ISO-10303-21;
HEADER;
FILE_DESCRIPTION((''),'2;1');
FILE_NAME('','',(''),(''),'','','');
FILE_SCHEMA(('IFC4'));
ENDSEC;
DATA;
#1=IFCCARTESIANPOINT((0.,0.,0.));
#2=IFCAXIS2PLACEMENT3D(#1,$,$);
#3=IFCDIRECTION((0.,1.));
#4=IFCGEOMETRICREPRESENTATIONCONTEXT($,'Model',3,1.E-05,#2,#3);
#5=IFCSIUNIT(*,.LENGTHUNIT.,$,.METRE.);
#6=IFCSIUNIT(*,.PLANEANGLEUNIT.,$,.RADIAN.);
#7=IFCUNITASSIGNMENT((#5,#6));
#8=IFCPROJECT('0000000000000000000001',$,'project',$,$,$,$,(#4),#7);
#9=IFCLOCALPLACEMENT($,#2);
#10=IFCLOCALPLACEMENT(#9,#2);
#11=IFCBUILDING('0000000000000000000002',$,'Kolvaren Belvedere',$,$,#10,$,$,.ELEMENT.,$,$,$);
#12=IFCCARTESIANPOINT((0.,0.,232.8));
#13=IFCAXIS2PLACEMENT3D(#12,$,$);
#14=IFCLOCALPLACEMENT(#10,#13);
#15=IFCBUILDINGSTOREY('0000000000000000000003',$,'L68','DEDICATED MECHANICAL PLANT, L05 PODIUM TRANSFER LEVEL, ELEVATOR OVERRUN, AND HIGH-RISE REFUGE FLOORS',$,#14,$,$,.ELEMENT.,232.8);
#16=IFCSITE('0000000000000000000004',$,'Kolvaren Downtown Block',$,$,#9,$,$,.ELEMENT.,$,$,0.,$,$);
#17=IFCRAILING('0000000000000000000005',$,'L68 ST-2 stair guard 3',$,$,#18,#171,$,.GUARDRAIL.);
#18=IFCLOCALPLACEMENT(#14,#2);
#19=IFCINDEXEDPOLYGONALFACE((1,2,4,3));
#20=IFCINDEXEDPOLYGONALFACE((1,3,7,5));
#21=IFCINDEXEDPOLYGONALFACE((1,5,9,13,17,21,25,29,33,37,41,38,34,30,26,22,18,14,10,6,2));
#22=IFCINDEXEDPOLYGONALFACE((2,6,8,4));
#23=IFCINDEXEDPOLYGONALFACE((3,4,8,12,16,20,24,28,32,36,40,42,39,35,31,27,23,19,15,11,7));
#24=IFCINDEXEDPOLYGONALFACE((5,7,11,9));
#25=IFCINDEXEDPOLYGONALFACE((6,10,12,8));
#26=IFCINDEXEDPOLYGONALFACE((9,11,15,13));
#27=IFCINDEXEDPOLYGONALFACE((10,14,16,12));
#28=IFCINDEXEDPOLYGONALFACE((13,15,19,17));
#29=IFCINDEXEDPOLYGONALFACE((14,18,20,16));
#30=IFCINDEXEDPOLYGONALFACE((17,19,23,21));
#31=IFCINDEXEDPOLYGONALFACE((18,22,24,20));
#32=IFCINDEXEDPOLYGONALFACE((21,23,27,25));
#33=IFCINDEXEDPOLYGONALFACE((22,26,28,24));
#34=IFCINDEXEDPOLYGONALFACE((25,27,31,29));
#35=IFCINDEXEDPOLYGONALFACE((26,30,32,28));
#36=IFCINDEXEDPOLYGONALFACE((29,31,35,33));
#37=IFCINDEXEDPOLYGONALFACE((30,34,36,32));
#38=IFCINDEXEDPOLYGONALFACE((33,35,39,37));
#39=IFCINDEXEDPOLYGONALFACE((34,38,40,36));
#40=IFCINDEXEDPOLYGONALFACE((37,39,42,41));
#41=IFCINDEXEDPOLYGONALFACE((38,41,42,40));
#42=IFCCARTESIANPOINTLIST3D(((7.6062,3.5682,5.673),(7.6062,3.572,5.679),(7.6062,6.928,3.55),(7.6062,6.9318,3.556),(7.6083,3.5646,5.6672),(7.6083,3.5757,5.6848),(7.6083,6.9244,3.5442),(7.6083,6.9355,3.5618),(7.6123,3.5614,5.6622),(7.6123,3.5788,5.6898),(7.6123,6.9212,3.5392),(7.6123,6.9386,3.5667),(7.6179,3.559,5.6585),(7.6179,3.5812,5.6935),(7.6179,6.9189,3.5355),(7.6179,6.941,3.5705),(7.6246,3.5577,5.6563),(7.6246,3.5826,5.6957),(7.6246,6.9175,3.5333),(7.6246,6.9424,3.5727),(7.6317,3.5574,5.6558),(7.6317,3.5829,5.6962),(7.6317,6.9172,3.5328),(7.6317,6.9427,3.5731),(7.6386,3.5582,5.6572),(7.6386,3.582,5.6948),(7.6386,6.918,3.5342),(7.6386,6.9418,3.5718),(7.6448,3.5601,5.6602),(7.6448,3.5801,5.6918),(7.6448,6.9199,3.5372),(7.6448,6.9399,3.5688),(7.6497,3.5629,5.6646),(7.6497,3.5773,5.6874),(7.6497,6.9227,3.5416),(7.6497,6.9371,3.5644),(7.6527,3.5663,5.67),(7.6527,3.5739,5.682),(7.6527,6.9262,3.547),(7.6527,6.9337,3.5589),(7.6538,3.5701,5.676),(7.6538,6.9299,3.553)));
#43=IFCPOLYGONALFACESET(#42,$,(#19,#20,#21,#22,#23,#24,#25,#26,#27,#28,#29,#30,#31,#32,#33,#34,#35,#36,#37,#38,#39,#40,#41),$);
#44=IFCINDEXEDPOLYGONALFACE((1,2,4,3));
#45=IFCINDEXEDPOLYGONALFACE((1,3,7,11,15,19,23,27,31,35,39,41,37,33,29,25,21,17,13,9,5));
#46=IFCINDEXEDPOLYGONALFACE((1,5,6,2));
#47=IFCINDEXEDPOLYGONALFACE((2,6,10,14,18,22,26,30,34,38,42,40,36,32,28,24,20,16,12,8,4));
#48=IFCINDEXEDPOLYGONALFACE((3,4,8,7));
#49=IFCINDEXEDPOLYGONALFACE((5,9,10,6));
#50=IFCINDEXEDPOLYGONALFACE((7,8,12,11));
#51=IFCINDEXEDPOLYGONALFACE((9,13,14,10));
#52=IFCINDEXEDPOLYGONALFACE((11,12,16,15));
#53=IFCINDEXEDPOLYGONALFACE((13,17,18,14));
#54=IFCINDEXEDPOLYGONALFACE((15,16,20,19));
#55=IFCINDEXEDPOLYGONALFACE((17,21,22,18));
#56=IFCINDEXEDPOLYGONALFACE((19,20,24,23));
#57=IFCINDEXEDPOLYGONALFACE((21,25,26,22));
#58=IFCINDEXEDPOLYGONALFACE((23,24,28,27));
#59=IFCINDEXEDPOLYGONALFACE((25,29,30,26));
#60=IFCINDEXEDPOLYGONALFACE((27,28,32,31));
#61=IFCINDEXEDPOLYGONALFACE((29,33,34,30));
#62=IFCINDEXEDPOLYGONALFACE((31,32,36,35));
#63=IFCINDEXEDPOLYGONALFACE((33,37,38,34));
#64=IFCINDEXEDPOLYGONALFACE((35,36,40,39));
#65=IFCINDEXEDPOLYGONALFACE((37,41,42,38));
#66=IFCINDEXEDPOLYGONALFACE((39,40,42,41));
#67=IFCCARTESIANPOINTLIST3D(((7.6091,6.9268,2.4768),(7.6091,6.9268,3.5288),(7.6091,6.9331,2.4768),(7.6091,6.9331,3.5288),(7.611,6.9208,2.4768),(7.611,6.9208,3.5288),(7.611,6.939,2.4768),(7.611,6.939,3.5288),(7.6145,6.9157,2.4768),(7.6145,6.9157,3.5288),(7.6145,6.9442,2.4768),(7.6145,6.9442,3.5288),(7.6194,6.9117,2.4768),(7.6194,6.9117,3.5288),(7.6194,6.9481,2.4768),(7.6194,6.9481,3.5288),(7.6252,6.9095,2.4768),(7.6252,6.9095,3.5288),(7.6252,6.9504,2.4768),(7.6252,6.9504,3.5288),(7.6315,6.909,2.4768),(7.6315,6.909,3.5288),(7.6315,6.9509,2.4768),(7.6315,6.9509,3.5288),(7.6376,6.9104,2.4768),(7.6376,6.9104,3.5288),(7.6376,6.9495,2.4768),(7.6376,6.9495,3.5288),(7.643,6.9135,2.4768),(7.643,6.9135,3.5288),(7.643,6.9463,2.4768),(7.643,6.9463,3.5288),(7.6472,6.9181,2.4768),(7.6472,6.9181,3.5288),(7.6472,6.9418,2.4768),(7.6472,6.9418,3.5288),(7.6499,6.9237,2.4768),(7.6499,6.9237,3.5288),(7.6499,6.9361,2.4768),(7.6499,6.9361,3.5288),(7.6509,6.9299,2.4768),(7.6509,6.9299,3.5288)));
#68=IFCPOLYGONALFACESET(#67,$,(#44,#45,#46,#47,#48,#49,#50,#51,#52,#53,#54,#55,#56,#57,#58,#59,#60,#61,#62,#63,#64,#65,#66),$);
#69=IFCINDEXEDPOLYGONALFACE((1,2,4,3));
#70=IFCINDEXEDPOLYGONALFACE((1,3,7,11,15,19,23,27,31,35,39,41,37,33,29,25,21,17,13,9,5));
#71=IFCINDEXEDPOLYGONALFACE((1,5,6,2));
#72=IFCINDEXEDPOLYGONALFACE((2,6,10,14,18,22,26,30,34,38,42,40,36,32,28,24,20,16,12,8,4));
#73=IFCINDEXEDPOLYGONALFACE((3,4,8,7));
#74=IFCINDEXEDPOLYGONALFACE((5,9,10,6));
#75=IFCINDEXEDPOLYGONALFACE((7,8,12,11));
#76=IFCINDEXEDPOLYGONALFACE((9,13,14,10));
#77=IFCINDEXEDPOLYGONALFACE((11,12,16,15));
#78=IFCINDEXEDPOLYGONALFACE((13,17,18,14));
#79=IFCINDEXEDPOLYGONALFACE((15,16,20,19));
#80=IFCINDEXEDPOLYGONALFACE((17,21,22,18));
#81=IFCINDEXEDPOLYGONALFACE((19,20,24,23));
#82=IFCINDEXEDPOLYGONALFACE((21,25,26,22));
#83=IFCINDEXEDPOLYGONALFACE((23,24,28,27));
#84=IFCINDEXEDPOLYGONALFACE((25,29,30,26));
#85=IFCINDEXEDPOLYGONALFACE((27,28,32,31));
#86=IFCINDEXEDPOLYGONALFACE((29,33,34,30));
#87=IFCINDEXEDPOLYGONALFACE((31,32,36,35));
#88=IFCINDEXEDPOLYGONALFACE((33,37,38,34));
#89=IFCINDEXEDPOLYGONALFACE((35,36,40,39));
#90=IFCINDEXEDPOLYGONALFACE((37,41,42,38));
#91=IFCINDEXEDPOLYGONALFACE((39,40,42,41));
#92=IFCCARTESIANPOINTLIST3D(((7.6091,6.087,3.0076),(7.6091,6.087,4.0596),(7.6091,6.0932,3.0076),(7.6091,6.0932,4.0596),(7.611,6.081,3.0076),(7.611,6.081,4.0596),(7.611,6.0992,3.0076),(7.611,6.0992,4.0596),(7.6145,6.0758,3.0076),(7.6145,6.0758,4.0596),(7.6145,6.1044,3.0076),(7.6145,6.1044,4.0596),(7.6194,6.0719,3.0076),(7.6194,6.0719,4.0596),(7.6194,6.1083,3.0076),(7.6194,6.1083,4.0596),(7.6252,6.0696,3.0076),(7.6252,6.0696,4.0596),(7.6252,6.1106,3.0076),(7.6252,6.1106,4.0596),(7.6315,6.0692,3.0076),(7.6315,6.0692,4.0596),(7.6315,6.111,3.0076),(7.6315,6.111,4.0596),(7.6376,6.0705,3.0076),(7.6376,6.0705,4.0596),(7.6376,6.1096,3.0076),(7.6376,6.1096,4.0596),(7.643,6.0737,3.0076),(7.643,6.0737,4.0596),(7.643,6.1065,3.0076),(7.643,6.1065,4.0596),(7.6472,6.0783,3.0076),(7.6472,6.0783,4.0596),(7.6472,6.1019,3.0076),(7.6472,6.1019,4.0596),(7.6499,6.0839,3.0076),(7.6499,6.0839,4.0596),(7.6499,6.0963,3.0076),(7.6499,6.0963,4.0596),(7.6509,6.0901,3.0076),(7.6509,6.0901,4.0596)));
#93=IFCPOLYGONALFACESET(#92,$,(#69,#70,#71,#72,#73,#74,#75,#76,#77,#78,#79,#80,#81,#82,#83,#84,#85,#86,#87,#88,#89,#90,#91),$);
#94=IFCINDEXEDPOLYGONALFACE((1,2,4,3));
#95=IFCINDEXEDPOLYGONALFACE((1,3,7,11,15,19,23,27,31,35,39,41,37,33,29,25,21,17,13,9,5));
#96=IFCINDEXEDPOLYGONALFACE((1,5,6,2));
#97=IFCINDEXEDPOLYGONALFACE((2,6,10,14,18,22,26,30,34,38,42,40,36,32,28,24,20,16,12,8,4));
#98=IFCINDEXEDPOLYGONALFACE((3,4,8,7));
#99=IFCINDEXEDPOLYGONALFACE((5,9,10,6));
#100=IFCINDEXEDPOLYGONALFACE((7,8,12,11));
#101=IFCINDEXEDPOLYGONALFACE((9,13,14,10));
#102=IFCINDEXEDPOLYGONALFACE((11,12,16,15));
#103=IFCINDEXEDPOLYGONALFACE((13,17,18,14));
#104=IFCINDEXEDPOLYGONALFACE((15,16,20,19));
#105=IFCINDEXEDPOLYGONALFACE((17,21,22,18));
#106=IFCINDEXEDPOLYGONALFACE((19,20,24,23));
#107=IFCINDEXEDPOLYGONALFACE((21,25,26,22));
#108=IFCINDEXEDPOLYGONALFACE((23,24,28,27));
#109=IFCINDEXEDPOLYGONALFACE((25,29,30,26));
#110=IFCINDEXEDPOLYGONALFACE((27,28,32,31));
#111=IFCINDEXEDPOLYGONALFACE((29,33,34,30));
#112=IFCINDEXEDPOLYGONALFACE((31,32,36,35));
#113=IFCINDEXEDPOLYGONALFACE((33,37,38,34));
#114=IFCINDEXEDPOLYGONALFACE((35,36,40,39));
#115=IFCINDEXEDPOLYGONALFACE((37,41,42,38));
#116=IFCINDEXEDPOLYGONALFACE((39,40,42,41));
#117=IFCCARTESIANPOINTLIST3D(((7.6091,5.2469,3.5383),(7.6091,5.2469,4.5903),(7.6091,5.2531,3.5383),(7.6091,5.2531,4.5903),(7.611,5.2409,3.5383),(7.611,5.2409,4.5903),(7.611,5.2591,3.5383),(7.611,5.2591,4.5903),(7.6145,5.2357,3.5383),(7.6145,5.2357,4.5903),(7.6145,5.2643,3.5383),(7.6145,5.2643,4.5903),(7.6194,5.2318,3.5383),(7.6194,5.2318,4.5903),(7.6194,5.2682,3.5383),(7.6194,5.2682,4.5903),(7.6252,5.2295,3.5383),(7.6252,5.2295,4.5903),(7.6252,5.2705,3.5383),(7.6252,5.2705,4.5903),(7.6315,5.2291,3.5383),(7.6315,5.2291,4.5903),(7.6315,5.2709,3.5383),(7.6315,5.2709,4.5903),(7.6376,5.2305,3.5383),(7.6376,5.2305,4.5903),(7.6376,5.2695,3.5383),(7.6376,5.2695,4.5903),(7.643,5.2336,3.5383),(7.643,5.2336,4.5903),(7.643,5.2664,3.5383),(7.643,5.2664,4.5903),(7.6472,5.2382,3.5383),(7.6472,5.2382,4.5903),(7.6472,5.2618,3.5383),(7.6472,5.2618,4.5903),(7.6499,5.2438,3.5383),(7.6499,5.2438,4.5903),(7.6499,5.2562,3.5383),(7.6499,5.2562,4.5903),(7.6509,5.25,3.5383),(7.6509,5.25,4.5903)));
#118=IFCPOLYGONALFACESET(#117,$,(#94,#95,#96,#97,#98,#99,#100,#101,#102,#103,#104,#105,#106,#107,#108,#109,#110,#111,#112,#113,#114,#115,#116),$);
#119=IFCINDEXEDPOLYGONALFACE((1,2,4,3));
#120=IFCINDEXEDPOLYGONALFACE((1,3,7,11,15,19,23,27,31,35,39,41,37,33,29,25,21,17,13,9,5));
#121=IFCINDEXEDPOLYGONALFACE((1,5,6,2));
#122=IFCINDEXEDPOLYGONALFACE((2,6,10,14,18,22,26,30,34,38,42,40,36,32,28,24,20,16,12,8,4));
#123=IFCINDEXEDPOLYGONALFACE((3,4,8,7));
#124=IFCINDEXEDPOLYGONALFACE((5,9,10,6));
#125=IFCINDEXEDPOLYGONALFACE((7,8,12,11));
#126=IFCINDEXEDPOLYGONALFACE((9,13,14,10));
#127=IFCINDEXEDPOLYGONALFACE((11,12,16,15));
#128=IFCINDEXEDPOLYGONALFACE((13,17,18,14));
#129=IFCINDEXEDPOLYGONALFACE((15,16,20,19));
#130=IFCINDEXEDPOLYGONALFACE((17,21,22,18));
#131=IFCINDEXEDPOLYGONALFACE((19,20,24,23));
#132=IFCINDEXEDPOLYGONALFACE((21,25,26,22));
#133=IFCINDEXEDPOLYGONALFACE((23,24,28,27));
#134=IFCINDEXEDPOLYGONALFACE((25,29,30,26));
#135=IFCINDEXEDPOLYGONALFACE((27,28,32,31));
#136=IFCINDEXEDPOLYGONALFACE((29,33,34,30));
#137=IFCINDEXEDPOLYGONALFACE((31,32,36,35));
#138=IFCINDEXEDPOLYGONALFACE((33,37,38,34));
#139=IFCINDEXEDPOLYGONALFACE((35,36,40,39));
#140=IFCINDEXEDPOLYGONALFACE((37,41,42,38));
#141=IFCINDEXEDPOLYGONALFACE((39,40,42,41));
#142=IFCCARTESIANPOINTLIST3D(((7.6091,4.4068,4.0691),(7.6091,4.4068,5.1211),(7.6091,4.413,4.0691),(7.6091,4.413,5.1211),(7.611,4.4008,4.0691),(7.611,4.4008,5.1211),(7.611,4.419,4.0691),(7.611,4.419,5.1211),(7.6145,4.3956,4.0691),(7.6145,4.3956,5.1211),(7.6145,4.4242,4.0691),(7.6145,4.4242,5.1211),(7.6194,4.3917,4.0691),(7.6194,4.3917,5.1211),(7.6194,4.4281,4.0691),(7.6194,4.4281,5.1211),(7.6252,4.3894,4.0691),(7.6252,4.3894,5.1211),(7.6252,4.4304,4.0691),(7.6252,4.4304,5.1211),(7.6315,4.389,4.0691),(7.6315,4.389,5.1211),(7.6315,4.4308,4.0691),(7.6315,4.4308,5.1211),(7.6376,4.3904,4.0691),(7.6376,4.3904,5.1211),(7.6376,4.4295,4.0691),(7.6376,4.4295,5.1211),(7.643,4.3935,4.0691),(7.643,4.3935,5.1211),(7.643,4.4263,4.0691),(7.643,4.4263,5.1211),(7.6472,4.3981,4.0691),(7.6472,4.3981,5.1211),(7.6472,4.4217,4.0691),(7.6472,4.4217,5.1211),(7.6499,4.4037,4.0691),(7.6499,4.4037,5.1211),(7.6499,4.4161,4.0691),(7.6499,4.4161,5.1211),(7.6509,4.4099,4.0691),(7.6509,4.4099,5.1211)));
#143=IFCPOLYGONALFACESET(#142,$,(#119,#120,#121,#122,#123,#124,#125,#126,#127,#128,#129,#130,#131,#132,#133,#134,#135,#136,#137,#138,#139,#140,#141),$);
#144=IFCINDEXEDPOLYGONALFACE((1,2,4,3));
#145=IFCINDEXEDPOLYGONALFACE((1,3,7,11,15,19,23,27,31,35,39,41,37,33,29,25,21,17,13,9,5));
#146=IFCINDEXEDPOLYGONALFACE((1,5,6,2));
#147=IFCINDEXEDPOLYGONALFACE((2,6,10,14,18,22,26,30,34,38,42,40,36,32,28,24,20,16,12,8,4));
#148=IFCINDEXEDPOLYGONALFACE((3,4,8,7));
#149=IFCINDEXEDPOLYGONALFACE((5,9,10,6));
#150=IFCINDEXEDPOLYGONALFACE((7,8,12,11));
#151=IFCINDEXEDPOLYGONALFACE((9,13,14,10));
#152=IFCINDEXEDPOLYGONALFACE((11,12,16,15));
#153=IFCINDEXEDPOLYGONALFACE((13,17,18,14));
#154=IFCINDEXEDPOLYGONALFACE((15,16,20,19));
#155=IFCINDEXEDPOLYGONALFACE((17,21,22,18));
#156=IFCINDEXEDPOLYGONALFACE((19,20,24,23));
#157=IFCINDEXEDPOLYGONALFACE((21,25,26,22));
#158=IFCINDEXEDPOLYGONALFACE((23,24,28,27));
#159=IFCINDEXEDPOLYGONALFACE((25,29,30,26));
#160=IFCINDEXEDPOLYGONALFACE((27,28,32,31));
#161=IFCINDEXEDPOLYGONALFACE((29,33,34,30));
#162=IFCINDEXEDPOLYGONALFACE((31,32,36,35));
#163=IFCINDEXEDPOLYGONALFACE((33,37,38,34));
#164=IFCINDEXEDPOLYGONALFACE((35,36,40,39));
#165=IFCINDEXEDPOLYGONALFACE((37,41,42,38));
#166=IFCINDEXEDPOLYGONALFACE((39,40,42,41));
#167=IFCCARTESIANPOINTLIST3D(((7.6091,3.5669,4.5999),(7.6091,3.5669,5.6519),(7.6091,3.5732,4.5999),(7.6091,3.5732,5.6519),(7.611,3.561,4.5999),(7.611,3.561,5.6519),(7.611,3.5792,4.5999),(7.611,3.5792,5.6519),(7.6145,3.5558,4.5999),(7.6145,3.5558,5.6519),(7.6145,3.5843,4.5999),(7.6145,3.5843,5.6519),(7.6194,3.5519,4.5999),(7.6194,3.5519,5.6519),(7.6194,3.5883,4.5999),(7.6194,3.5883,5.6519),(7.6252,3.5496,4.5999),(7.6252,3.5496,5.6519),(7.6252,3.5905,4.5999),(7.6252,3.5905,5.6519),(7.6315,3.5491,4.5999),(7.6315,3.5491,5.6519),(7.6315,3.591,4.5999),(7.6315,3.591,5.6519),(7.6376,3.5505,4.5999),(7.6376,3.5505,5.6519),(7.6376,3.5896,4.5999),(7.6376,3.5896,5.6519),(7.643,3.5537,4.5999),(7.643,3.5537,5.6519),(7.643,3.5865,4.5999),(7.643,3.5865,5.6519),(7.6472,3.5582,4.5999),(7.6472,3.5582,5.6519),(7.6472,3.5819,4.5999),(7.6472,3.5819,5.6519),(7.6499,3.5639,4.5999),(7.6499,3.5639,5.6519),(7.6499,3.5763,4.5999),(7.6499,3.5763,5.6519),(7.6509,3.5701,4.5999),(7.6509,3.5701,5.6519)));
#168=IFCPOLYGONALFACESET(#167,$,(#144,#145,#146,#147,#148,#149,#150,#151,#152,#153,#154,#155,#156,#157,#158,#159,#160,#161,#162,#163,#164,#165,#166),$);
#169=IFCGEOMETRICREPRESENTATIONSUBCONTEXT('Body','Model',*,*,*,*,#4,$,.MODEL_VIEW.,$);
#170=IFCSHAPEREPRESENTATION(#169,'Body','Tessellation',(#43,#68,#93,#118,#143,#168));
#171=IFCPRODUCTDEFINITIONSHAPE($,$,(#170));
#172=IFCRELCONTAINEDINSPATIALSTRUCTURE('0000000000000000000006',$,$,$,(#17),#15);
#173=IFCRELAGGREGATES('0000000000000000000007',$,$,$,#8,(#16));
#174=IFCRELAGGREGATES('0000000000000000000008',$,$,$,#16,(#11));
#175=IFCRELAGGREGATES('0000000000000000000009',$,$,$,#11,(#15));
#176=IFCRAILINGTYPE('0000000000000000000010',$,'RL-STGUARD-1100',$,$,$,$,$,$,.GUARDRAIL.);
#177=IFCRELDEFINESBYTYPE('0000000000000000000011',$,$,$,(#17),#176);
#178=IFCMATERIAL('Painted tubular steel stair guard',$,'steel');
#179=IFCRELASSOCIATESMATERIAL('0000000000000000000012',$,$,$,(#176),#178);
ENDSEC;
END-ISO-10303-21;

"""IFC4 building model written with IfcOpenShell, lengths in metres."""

from ifc_helpers import new_model, si_unit, direction, frame, origin, origin_2d, place, context, subcontext, project, spatial, circle, extrude, material, type_object, element, save


model = new_model("IFC4")

# Units and contexts
model_context = context("Model", 3, precision=1e-05, world=origin(), true_north=direction((0.0, 1.0)))
body_context = subcontext(model_context, "Body", "Model", "MODEL_VIEW")
ifc_project = project(units=[si_unit("LENGTHUNIT", "METRE"), si_unit("PLANEANGLEUNIT", "RADIAN")], contexts=[model_context])

# Site, building, storey
site_placement = place(None, origin())
site = spatial("IfcSite", under=ifc_project, at=site_placement, Name="Kolvaren Downtown Block", CompositionType="ELEMENT", RefElevation=0.0)
building_placement = place(site_placement, origin())
building = spatial("IfcBuilding", under=site, at=building_placement, Name="Kolvaren Belvedere", CompositionType="ELEMENT")
storey_placement = place(building_placement, frame((0.0, 0.0, 232.8)))
storey = spatial("IfcBuildingStorey", under=building, at=storey_placement, Name="L68", Description="DEDICATED MECHANICAL PLANT, L05 PODIUM TRANSFER LEVEL, ELEVATOR OVERRUN, AND HIGH-RISE REFUGE FLOORS", CompositionType="ELEMENT", Elevation=232.8)

# Railing
ifc_material_1 = material(Name="Painted tubular steel stair guard", Category="steel")
railing_type_1 = type_object("IfcRailingType", Name="RL-STGUARD-1100", PredefinedType="GUARDRAIL", material=ifc_material_1)
railing_1_placement = place(storey_placement, frame((7.6299, 6.9299, 2.4768)))
element("IfcRailing", 1, at=railing_1_placement, inside=storey, type_object=railing_type_1, Name="L68 ST-2 stair guard 3", PredefinedType="GUARDRAIL", context=body_context, shape_type="SweptSolid", body=[
    extrude(circle(Radius=0.0239, at=origin_2d()), frame((0.0, 0.0, 1.0762), z_axis=(0.0, -0.845372, 0.534178), x_axis=(1.0, 0.0, 0.0)), (0.0, 0.0, 1.0), 3.9744),
    extrude(circle(Radius=0.021, at=origin_2d()), origin(), (0.0, 0.0, 1.0), 1.052),
    extrude(circle(Radius=0.021, at=origin_2d()), frame((0.0, -0.8398, 0.5308)), (0.0, 0.0, 1.0), 1.052),
    extrude(circle(Radius=0.021, at=origin_2d()), frame((0.0, -1.6799, 1.0615)), (0.0, 0.0, 1.0), 1.052),
    extrude(circle(Radius=0.021, at=origin_2d()), frame((0.0, -2.52, 1.5923)), (0.0, 0.0, 1.0), 1.052),
    extrude(circle(Radius=0.021, at=origin_2d()), frame((0.0, -3.3599, 2.123)), (0.0, 0.0, 1.0), 1.052),
])

save(model, "model.ifc")
